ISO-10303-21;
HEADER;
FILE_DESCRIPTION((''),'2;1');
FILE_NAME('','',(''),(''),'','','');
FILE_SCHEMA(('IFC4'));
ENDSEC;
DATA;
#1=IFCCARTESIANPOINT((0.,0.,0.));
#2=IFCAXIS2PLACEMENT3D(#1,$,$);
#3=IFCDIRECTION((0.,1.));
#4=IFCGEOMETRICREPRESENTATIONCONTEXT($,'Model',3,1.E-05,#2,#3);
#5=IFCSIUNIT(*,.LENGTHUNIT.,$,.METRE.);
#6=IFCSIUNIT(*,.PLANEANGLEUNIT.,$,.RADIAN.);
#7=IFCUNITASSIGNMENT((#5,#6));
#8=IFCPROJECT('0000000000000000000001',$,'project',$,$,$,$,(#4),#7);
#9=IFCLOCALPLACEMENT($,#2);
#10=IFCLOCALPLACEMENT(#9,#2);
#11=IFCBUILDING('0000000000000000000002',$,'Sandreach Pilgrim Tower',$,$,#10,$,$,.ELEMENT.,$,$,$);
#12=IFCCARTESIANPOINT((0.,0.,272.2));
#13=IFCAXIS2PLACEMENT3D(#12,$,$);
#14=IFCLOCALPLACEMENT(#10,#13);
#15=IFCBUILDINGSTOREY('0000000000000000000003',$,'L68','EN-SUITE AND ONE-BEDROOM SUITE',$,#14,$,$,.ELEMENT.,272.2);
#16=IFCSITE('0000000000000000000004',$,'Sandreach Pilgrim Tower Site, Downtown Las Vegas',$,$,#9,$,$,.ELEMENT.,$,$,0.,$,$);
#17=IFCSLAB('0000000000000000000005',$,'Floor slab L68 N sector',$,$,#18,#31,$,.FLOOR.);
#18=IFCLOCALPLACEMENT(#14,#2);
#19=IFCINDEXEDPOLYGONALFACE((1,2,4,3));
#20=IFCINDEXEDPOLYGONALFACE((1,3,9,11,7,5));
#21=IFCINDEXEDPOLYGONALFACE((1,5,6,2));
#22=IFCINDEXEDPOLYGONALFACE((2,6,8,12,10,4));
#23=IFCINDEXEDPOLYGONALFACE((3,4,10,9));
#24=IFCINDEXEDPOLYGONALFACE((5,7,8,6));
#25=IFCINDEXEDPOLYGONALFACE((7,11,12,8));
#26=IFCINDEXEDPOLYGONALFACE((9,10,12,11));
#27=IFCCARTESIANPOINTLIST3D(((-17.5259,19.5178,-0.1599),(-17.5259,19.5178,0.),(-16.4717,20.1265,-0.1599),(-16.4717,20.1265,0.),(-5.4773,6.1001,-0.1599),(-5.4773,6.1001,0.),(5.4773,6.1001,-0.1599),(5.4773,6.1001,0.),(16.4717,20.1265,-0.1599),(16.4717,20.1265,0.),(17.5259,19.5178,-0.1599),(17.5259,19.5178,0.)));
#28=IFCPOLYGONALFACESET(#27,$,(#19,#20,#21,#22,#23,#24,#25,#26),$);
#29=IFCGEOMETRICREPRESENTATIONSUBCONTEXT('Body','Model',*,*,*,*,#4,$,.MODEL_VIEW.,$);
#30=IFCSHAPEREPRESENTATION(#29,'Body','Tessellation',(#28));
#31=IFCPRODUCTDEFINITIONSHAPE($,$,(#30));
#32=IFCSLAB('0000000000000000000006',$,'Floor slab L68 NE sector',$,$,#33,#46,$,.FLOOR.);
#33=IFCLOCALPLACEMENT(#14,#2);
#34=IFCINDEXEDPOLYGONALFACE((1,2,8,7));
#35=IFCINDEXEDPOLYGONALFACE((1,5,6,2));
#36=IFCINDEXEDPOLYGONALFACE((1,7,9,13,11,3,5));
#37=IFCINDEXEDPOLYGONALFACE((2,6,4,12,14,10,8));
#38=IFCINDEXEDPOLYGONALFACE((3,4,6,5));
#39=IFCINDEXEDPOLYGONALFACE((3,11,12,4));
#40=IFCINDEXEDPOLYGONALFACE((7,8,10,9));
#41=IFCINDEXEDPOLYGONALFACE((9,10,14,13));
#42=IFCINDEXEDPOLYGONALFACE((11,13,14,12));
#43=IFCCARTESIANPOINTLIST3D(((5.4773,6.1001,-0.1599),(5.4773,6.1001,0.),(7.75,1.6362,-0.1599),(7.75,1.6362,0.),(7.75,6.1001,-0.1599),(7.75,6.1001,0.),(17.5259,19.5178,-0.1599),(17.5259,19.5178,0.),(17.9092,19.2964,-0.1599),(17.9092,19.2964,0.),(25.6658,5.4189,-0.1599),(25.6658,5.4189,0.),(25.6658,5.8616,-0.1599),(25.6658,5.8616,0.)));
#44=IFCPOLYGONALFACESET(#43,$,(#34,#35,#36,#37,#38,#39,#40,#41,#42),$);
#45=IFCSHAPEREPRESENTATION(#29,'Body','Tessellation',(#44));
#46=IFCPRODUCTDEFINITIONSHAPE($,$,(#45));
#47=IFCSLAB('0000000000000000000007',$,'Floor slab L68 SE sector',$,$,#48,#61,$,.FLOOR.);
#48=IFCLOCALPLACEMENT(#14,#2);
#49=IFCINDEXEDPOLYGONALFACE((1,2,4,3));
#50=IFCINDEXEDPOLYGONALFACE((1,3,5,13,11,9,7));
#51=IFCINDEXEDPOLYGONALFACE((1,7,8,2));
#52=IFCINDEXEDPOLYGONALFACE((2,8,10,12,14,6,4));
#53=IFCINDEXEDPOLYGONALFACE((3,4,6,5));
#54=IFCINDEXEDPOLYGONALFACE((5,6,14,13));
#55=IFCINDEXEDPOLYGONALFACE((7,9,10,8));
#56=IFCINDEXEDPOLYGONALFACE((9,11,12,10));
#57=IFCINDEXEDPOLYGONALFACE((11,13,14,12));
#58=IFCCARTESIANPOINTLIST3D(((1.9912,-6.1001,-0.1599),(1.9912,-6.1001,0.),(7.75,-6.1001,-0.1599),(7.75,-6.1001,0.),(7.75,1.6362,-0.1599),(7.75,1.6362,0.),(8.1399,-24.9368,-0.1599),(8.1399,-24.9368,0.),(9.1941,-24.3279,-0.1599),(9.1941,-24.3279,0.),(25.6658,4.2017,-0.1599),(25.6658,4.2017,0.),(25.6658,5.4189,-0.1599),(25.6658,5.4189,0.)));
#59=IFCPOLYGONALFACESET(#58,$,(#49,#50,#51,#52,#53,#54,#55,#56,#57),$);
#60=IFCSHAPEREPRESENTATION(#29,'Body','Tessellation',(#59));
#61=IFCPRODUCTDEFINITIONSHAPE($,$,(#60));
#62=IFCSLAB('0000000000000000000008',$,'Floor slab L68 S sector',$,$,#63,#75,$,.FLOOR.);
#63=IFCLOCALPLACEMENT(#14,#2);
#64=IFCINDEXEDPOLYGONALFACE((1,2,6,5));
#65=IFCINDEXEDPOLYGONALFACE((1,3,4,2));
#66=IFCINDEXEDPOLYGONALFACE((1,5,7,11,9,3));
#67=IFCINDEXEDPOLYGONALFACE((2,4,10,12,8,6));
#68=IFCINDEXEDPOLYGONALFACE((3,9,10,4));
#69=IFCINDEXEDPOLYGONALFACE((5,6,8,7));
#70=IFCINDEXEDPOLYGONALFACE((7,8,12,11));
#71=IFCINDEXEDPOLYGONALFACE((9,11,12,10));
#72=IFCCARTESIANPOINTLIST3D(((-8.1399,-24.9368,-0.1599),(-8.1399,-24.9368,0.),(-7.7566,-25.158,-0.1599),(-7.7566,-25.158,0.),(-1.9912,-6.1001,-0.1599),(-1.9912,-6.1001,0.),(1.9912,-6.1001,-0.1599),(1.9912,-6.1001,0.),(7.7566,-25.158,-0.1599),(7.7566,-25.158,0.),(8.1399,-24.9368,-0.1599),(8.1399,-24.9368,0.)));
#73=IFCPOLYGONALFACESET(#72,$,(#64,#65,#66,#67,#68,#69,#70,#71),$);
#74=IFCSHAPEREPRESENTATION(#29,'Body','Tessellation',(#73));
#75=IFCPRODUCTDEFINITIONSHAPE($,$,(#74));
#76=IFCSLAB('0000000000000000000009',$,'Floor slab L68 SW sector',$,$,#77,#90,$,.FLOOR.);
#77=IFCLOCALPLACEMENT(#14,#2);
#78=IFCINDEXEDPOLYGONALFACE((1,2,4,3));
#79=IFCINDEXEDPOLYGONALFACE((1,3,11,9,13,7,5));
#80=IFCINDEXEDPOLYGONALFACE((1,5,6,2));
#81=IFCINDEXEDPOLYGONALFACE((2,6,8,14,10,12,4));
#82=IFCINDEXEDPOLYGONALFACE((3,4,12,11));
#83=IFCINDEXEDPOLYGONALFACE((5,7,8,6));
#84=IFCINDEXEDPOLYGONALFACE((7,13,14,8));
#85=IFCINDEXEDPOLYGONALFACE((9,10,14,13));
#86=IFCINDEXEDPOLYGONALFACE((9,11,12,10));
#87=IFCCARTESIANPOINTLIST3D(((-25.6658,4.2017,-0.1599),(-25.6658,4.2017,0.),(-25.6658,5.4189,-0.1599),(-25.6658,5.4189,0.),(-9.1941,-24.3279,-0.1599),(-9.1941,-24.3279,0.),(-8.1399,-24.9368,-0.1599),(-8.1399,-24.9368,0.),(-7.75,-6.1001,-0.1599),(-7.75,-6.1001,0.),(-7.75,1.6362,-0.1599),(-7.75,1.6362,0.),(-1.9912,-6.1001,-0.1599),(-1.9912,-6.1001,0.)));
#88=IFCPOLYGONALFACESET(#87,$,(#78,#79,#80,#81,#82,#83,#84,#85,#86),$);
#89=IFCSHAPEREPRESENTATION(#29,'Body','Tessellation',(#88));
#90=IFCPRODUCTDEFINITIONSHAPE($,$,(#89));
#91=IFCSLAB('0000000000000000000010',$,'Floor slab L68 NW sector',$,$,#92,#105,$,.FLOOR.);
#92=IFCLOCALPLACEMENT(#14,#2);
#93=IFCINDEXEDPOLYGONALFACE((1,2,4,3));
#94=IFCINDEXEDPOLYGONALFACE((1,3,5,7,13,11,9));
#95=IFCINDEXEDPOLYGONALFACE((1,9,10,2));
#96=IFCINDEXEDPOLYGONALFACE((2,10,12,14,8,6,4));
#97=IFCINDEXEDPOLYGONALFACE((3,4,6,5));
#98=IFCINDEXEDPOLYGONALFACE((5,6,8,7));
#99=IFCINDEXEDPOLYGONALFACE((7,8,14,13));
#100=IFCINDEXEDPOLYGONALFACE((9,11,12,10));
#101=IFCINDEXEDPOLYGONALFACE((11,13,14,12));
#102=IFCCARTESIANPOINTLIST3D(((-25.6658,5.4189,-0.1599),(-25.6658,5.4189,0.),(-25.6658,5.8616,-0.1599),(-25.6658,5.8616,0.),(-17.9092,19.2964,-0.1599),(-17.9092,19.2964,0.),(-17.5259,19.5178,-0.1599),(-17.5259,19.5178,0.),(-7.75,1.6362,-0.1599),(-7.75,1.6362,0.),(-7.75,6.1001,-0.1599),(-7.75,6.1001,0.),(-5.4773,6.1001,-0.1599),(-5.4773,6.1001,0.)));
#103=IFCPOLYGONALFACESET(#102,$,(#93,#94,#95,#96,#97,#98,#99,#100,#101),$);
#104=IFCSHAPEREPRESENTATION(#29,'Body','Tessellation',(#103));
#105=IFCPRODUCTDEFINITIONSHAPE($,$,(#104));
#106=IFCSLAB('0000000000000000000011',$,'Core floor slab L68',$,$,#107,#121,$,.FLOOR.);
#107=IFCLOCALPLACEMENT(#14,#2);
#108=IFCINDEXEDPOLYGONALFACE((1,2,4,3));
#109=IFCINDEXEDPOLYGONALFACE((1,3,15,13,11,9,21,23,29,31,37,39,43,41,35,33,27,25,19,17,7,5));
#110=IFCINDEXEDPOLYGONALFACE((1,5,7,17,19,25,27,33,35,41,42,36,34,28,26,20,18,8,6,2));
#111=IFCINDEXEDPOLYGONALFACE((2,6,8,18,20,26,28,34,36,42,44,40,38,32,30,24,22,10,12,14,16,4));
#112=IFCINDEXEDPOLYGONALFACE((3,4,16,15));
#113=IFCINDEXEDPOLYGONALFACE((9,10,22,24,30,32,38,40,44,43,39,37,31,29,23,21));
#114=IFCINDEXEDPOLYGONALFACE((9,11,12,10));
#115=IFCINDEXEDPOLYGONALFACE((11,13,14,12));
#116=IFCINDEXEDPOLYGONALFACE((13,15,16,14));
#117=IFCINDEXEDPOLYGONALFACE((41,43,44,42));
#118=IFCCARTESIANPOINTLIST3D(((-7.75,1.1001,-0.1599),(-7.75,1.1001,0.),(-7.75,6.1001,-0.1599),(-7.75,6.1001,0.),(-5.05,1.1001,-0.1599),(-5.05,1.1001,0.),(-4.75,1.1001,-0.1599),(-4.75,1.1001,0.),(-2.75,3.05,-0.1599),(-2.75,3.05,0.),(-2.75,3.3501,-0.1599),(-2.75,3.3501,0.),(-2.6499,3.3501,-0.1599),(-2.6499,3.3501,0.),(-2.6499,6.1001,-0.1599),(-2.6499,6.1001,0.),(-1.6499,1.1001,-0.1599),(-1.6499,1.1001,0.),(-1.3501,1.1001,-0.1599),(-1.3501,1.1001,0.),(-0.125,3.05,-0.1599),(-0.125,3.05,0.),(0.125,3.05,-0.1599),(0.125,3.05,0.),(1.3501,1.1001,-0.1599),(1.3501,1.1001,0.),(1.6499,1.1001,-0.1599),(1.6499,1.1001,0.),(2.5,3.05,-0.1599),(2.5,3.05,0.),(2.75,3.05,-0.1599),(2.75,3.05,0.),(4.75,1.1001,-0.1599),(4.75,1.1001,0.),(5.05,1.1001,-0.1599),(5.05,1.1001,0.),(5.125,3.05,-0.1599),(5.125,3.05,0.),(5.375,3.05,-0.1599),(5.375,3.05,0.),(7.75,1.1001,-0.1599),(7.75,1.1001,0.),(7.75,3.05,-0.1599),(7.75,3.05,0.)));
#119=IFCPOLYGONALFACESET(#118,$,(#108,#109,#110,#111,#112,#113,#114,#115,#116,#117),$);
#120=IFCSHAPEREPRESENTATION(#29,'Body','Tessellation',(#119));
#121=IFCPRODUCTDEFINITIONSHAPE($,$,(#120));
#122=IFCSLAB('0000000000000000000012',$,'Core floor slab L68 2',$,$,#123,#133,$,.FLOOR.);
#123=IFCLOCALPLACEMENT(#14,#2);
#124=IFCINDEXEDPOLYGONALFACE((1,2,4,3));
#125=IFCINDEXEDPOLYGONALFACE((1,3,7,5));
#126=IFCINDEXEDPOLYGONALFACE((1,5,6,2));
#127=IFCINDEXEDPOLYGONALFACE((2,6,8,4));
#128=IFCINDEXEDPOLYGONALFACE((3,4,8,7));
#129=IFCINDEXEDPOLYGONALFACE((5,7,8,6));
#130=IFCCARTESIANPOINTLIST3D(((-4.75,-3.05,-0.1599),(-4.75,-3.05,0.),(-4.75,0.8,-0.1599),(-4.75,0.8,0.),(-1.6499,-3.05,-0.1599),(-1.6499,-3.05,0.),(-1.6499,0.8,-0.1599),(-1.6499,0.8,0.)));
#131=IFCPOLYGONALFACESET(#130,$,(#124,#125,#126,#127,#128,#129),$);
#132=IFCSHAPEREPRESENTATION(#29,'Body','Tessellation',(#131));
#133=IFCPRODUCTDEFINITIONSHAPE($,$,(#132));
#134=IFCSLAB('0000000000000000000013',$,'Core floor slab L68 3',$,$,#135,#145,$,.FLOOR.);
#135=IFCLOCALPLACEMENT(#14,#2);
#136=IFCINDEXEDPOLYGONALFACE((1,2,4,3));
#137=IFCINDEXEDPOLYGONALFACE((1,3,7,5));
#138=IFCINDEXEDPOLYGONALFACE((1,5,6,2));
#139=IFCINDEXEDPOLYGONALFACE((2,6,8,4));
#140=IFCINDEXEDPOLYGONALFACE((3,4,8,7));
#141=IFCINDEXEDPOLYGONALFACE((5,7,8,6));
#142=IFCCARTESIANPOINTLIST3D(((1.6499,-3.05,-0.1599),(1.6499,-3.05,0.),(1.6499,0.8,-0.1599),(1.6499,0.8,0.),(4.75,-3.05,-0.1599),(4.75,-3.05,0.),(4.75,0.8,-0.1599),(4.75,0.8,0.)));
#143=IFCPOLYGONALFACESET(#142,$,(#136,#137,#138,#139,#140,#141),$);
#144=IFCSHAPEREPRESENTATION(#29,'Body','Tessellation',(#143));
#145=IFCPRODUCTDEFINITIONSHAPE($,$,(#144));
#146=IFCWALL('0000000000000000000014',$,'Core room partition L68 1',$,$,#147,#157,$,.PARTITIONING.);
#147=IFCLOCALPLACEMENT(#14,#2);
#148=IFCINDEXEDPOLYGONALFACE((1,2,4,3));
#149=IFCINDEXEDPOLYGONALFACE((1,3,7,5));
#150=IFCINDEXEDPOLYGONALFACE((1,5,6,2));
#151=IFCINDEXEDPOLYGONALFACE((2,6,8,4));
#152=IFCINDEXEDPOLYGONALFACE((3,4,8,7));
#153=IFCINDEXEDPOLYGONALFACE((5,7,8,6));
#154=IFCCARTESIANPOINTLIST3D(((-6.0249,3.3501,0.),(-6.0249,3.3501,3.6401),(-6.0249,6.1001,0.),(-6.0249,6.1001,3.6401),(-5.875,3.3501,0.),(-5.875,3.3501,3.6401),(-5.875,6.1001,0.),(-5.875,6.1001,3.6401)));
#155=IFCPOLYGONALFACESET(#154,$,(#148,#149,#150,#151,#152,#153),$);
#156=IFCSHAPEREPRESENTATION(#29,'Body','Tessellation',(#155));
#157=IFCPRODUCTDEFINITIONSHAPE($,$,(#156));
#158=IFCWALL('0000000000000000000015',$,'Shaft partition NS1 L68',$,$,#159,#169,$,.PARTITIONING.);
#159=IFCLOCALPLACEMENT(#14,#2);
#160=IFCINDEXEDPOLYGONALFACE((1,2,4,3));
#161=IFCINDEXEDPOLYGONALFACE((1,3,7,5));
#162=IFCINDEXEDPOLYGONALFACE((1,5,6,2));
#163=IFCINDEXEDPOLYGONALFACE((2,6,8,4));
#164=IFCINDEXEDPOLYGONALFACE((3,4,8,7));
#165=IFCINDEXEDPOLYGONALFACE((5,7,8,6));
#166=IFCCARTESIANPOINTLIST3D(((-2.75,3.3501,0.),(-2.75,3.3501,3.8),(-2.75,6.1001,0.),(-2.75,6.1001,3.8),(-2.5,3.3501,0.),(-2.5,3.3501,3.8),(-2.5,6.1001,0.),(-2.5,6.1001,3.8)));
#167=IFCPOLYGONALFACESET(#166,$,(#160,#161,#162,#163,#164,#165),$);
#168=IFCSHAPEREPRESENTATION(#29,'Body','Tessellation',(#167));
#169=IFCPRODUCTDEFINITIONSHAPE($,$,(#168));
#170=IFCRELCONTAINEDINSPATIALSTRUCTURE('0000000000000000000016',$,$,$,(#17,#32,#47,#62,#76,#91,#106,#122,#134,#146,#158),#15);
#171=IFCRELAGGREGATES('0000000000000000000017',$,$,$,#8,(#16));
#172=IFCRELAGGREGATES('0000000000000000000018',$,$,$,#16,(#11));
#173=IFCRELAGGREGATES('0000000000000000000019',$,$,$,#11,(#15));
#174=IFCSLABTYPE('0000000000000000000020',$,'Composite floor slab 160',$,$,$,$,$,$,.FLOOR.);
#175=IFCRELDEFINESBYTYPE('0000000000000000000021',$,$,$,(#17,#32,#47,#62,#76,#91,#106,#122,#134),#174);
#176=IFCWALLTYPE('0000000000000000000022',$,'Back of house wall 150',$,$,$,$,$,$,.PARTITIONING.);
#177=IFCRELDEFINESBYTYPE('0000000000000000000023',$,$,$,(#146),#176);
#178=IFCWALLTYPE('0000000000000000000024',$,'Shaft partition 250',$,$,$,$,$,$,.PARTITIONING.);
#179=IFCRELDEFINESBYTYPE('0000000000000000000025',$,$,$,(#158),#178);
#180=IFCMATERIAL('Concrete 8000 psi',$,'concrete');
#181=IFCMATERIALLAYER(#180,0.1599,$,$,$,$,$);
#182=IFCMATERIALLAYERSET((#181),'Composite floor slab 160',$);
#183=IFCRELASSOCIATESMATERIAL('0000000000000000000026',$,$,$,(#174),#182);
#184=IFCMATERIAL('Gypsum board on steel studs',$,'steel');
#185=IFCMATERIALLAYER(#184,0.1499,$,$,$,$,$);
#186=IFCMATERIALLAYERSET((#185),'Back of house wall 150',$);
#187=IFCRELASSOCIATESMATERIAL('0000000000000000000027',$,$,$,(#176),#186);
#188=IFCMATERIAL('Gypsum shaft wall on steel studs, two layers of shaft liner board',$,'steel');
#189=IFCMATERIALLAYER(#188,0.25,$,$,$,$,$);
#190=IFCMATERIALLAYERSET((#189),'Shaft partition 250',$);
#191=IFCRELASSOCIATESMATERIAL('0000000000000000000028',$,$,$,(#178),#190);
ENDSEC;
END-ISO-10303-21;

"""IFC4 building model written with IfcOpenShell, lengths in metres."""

from ifc_helpers import new_model, si_unit, direction, frame, frame_2d, origin, place, context, subcontext, project, spatial, polyline, rectangle, outline, extrude, material, layer, layer_set, type_object, element, save


model = new_model("IFC4")

# Units and contexts
model_context = context("Model", 3, precision=1e-05, world=origin(), true_north=direction((0.0, 1.0)))
body_context = subcontext(model_context, "Body", "Model", "MODEL_VIEW")
ifc_project = project(units=[si_unit("LENGTHUNIT", "METRE"), si_unit("PLANEANGLEUNIT", "RADIAN")], contexts=[model_context])

# Site, building, storey
site_placement = place(None, origin())
site = spatial("IfcSite", under=ifc_project, at=site_placement, Name="Sandreach Pilgrim Tower Site, Downtown Las Vegas", CompositionType="ELEMENT", RefElevation=0.0)
building_placement = place(site_placement, origin())
building = spatial("IfcBuilding", under=site, at=building_placement, Name="Sandreach Pilgrim Tower", CompositionType="ELEMENT")
storey_placement = place(building_placement, frame((0.0, 0.0, 272.2)))
storey = spatial("IfcBuildingStorey", under=building, at=storey_placement, Name="L68", Description="EN-SUITE AND ONE-BEDROOM SUITE", CompositionType="ELEMENT", Elevation=272.2)

# Slabs
ifc_material_1 = material(Name="Concrete 8000 psi", Category="concrete")
ifc_layer_1 = layer(ifc_material_1, 0.1599)
ifc_layer_set_1 = layer_set([ifc_layer_1], Name="Composite floor slab 160")
slab_type = type_object("IfcSlabType", Name="Composite floor slab 160", PredefinedType="FLOOR", material=ifc_layer_set_1)
slab_1_placement = place(storey_placement, frame((0.0, 0.0, -0.1599)))
element("IfcSlab", 1, at=slab_1_placement, inside=storey, type_object=slab_type, Name="Floor slab L68 N sector", PredefinedType="FLOOR", context=body_context, shape_type="SweptSolid", body=[
    extrude(outline(polyline([(-16.4717, 20.1265), (16.4717, 20.1265), (17.5259, 19.5178), (5.4773, 6.1001), (-5.4773, 6.1001), (-17.5259, 19.5178), (-16.4717, 20.1265)])), origin(), (0.0, 0.0, 1.0), 0.1599),
])
slab_2_placement = place(storey_placement, frame((0.0, 0.0, -0.1599)))
element("IfcSlab", 2, at=slab_2_placement, inside=storey, type_object=slab_type, Name="Floor slab L68 NE sector", PredefinedType="FLOOR", context=body_context, shape_type="SweptSolid", body=[
    extrude(outline(polyline([(17.9092, 19.2964), (25.6658, 5.8616), (25.6658, 5.4189), (7.75, 1.6362), (7.75, 6.1001), (5.4773, 6.1001), (17.5259, 19.5178), (17.9092, 19.2964)])), origin(), (0.0, 0.0, 1.0), 0.1599),
])
slab_3_placement = place(storey_placement, frame((0.0, 0.0, -0.1599)))
element("IfcSlab", 3, at=slab_3_placement, inside=storey, type_object=slab_type, Name="Floor slab L68 SE sector", PredefinedType="FLOOR", context=body_context, shape_type="SweptSolid", body=[
    extrude(outline(polyline([(25.6658, 4.2017), (9.1941, -24.3279), (8.1399, -24.9368), (1.9912, -6.1001), (7.75, -6.1001), (7.75, 1.6362), (25.6658, 5.4189), (25.6658, 4.2017)])), origin(), (0.0, 0.0, 1.0), 0.1599),
])
slab_4_placement = place(storey_placement, frame((0.0, 0.0, -0.1599)))
element("IfcSlab", 4, at=slab_4_placement, inside=storey, type_object=slab_type, Name="Floor slab L68 S sector", PredefinedType="FLOOR", context=body_context, shape_type="SweptSolid", body=[
    extrude(outline(polyline([(7.7566, -25.158), (-7.7566, -25.158), (-8.1399, -24.9368), (-1.9912, -6.1001), (1.9912, -6.1001), (8.1399, -24.9368), (7.7566, -25.158)])), origin(), (0.0, 0.0, 1.0), 0.1599),
])
slab_5_placement = place(storey_placement, frame((0.0, 0.0, -0.1599)))
element("IfcSlab", 5, at=slab_5_placement, inside=storey, type_object=slab_type, Name="Floor slab L68 SW sector", PredefinedType="FLOOR", context=body_context, shape_type="SweptSolid", body=[
    extrude(outline(polyline([(-9.1941, -24.3279), (-25.6658, 4.2017), (-25.6658, 5.4189), (-7.75, 1.6362), (-7.75, -6.1001), (-1.9912, -6.1001), (-8.1399, -24.9368), (-9.1941, -24.3279)])), origin(), (0.0, 0.0, 1.0), 0.1599),
])
slab_6_placement = place(storey_placement, frame((0.0, 0.0, -0.1599)))
element("IfcSlab", 6, at=slab_6_placement, inside=storey, type_object=slab_type, Name="Floor slab L68 NW sector", PredefinedType="FLOOR", context=body_context, shape_type="SweptSolid", body=[
    extrude(outline(polyline([(-25.6658, 5.8616), (-17.9092, 19.2964), (-17.5259, 19.5178), (-5.4773, 6.1001), (-7.75, 6.1001), (-7.75, 1.6362), (-25.6658, 5.4189), (-25.6658, 5.8616)])), origin(), (0.0, 0.0, 1.0), 0.1599),
])
slab_7_placement = place(storey_placement, frame((0.0, 0.0, -0.1599)))
element("IfcSlab", 7, at=slab_7_placement, inside=storey, type_object=slab_type, Name="Core floor slab L68", PredefinedType="FLOOR", context=body_context, shape_type="SweptSolid", body=[
    extrude(outline(polyline([(-2.75, 3.3501), (-2.75, 3.05), (-0.125, 3.05), (0.125, 3.05), (2.5, 3.05), (2.75, 3.05), (5.125, 3.05), (5.375, 3.05), (7.75, 3.05), (7.75, 1.1001), (5.05, 1.1001), (4.75, 1.1001), (1.6499, 1.1001), (1.3501, 1.1001), (-1.3501, 1.1001), (-1.6499, 1.1001), (-4.75, 1.1001), (-5.05, 1.1001), (-7.75, 1.1001), (-7.75, 6.1001), (-2.6499, 6.1001), (-2.6499, 3.3501), (-2.75, 3.3501)])), origin(), (0.0, 0.0, 1.0), 0.1599),
])
slab_8_placement = place(storey_placement, frame((0.0, 0.0, -0.1599)))
element("IfcSlab", 8, at=slab_8_placement, inside=storey, type_object=slab_type, Name="Core floor slab L68 2", PredefinedType="FLOOR", context=body_context, shape_type="SweptSolid", body=[
    extrude(outline(polyline([(-1.6499, -3.05), (-4.75, -3.05), (-4.75, 0.8), (-1.6499, 0.8), (-1.6499, -3.05)])), origin(), (0.0, 0.0, 1.0), 0.1599),
])
slab_9_placement = place(storey_placement, frame((0.0, 0.0, -0.1599)))
element("IfcSlab", 9, at=slab_9_placement, inside=storey, type_object=slab_type, Name="Core floor slab L68 3", PredefinedType="FLOOR", context=body_context, shape_type="SweptSolid", body=[
    extrude(outline(polyline([(4.75, -3.05), (1.6499, -3.05), (1.6499, 0.8), (4.75, 0.8), (4.75, -3.05)])), origin(), (0.0, 0.0, 1.0), 0.1599),
])

# Wall
ifc_material_2 = material(Name="Gypsum board on steel studs", Category="steel")
ifc_layer_2 = layer(ifc_material_2, 0.1499)
ifc_layer_set_2 = layer_set([ifc_layer_2], Name="Back of house wall 150")
wall_type_1 = type_object("IfcWallType", Name="Back of house wall 150", PredefinedType="PARTITIONING", material=ifc_layer_set_2)
wall_1_placement = place(storey_placement, frame((-5.95, 3.3501, 0.0), z_axis=(0.0, 0.0, 1.0), x_axis=(0.0, 1.0, 0.0)))
element("IfcWall", 10, at=wall_1_placement, inside=storey, type_object=wall_type_1, Name="Core room partition L68 1", PredefinedType="PARTITIONING", context=body_context, shape_type="SweptSolid", body=[
    extrude(rectangle(XDim=2.75, YDim=0.1499, at=frame_2d((1.375, 0.0))), origin(), (0.0, 0.0, 1.0), 3.6401),
])

# Wall
ifc_material_3 = material(Name="Gypsum shaft wall on steel studs, two layers of shaft liner board", Category="steel")
ifc_layer_3 = layer(ifc_material_3, 0.25)
ifc_layer_set_3 = layer_set([ifc_layer_3], Name="Shaft partition 250")
wall_type_2 = type_object("IfcWallType", Name="Shaft partition 250", PredefinedType="PARTITIONING", material=ifc_layer_set_3)
wall_2_placement = place(storey_placement, frame((-2.625, 3.3501, 0.0), z_axis=(0.0, 0.0, 1.0), x_axis=(0.0, 1.0, 0.0)))
element("IfcWall", 11, at=wall_2_placement, inside=storey, type_object=wall_type_2, Name="Shaft partition NS1 L68", PredefinedType="PARTITIONING", context=body_context, shape_type="SweptSolid", body=[
    extrude(rectangle(XDim=2.75, YDim=0.25, at=frame_2d((1.375, 0.0))), origin(), (0.0, 0.0, 1.0), 3.8),
])

save(model, "model.ifc")
